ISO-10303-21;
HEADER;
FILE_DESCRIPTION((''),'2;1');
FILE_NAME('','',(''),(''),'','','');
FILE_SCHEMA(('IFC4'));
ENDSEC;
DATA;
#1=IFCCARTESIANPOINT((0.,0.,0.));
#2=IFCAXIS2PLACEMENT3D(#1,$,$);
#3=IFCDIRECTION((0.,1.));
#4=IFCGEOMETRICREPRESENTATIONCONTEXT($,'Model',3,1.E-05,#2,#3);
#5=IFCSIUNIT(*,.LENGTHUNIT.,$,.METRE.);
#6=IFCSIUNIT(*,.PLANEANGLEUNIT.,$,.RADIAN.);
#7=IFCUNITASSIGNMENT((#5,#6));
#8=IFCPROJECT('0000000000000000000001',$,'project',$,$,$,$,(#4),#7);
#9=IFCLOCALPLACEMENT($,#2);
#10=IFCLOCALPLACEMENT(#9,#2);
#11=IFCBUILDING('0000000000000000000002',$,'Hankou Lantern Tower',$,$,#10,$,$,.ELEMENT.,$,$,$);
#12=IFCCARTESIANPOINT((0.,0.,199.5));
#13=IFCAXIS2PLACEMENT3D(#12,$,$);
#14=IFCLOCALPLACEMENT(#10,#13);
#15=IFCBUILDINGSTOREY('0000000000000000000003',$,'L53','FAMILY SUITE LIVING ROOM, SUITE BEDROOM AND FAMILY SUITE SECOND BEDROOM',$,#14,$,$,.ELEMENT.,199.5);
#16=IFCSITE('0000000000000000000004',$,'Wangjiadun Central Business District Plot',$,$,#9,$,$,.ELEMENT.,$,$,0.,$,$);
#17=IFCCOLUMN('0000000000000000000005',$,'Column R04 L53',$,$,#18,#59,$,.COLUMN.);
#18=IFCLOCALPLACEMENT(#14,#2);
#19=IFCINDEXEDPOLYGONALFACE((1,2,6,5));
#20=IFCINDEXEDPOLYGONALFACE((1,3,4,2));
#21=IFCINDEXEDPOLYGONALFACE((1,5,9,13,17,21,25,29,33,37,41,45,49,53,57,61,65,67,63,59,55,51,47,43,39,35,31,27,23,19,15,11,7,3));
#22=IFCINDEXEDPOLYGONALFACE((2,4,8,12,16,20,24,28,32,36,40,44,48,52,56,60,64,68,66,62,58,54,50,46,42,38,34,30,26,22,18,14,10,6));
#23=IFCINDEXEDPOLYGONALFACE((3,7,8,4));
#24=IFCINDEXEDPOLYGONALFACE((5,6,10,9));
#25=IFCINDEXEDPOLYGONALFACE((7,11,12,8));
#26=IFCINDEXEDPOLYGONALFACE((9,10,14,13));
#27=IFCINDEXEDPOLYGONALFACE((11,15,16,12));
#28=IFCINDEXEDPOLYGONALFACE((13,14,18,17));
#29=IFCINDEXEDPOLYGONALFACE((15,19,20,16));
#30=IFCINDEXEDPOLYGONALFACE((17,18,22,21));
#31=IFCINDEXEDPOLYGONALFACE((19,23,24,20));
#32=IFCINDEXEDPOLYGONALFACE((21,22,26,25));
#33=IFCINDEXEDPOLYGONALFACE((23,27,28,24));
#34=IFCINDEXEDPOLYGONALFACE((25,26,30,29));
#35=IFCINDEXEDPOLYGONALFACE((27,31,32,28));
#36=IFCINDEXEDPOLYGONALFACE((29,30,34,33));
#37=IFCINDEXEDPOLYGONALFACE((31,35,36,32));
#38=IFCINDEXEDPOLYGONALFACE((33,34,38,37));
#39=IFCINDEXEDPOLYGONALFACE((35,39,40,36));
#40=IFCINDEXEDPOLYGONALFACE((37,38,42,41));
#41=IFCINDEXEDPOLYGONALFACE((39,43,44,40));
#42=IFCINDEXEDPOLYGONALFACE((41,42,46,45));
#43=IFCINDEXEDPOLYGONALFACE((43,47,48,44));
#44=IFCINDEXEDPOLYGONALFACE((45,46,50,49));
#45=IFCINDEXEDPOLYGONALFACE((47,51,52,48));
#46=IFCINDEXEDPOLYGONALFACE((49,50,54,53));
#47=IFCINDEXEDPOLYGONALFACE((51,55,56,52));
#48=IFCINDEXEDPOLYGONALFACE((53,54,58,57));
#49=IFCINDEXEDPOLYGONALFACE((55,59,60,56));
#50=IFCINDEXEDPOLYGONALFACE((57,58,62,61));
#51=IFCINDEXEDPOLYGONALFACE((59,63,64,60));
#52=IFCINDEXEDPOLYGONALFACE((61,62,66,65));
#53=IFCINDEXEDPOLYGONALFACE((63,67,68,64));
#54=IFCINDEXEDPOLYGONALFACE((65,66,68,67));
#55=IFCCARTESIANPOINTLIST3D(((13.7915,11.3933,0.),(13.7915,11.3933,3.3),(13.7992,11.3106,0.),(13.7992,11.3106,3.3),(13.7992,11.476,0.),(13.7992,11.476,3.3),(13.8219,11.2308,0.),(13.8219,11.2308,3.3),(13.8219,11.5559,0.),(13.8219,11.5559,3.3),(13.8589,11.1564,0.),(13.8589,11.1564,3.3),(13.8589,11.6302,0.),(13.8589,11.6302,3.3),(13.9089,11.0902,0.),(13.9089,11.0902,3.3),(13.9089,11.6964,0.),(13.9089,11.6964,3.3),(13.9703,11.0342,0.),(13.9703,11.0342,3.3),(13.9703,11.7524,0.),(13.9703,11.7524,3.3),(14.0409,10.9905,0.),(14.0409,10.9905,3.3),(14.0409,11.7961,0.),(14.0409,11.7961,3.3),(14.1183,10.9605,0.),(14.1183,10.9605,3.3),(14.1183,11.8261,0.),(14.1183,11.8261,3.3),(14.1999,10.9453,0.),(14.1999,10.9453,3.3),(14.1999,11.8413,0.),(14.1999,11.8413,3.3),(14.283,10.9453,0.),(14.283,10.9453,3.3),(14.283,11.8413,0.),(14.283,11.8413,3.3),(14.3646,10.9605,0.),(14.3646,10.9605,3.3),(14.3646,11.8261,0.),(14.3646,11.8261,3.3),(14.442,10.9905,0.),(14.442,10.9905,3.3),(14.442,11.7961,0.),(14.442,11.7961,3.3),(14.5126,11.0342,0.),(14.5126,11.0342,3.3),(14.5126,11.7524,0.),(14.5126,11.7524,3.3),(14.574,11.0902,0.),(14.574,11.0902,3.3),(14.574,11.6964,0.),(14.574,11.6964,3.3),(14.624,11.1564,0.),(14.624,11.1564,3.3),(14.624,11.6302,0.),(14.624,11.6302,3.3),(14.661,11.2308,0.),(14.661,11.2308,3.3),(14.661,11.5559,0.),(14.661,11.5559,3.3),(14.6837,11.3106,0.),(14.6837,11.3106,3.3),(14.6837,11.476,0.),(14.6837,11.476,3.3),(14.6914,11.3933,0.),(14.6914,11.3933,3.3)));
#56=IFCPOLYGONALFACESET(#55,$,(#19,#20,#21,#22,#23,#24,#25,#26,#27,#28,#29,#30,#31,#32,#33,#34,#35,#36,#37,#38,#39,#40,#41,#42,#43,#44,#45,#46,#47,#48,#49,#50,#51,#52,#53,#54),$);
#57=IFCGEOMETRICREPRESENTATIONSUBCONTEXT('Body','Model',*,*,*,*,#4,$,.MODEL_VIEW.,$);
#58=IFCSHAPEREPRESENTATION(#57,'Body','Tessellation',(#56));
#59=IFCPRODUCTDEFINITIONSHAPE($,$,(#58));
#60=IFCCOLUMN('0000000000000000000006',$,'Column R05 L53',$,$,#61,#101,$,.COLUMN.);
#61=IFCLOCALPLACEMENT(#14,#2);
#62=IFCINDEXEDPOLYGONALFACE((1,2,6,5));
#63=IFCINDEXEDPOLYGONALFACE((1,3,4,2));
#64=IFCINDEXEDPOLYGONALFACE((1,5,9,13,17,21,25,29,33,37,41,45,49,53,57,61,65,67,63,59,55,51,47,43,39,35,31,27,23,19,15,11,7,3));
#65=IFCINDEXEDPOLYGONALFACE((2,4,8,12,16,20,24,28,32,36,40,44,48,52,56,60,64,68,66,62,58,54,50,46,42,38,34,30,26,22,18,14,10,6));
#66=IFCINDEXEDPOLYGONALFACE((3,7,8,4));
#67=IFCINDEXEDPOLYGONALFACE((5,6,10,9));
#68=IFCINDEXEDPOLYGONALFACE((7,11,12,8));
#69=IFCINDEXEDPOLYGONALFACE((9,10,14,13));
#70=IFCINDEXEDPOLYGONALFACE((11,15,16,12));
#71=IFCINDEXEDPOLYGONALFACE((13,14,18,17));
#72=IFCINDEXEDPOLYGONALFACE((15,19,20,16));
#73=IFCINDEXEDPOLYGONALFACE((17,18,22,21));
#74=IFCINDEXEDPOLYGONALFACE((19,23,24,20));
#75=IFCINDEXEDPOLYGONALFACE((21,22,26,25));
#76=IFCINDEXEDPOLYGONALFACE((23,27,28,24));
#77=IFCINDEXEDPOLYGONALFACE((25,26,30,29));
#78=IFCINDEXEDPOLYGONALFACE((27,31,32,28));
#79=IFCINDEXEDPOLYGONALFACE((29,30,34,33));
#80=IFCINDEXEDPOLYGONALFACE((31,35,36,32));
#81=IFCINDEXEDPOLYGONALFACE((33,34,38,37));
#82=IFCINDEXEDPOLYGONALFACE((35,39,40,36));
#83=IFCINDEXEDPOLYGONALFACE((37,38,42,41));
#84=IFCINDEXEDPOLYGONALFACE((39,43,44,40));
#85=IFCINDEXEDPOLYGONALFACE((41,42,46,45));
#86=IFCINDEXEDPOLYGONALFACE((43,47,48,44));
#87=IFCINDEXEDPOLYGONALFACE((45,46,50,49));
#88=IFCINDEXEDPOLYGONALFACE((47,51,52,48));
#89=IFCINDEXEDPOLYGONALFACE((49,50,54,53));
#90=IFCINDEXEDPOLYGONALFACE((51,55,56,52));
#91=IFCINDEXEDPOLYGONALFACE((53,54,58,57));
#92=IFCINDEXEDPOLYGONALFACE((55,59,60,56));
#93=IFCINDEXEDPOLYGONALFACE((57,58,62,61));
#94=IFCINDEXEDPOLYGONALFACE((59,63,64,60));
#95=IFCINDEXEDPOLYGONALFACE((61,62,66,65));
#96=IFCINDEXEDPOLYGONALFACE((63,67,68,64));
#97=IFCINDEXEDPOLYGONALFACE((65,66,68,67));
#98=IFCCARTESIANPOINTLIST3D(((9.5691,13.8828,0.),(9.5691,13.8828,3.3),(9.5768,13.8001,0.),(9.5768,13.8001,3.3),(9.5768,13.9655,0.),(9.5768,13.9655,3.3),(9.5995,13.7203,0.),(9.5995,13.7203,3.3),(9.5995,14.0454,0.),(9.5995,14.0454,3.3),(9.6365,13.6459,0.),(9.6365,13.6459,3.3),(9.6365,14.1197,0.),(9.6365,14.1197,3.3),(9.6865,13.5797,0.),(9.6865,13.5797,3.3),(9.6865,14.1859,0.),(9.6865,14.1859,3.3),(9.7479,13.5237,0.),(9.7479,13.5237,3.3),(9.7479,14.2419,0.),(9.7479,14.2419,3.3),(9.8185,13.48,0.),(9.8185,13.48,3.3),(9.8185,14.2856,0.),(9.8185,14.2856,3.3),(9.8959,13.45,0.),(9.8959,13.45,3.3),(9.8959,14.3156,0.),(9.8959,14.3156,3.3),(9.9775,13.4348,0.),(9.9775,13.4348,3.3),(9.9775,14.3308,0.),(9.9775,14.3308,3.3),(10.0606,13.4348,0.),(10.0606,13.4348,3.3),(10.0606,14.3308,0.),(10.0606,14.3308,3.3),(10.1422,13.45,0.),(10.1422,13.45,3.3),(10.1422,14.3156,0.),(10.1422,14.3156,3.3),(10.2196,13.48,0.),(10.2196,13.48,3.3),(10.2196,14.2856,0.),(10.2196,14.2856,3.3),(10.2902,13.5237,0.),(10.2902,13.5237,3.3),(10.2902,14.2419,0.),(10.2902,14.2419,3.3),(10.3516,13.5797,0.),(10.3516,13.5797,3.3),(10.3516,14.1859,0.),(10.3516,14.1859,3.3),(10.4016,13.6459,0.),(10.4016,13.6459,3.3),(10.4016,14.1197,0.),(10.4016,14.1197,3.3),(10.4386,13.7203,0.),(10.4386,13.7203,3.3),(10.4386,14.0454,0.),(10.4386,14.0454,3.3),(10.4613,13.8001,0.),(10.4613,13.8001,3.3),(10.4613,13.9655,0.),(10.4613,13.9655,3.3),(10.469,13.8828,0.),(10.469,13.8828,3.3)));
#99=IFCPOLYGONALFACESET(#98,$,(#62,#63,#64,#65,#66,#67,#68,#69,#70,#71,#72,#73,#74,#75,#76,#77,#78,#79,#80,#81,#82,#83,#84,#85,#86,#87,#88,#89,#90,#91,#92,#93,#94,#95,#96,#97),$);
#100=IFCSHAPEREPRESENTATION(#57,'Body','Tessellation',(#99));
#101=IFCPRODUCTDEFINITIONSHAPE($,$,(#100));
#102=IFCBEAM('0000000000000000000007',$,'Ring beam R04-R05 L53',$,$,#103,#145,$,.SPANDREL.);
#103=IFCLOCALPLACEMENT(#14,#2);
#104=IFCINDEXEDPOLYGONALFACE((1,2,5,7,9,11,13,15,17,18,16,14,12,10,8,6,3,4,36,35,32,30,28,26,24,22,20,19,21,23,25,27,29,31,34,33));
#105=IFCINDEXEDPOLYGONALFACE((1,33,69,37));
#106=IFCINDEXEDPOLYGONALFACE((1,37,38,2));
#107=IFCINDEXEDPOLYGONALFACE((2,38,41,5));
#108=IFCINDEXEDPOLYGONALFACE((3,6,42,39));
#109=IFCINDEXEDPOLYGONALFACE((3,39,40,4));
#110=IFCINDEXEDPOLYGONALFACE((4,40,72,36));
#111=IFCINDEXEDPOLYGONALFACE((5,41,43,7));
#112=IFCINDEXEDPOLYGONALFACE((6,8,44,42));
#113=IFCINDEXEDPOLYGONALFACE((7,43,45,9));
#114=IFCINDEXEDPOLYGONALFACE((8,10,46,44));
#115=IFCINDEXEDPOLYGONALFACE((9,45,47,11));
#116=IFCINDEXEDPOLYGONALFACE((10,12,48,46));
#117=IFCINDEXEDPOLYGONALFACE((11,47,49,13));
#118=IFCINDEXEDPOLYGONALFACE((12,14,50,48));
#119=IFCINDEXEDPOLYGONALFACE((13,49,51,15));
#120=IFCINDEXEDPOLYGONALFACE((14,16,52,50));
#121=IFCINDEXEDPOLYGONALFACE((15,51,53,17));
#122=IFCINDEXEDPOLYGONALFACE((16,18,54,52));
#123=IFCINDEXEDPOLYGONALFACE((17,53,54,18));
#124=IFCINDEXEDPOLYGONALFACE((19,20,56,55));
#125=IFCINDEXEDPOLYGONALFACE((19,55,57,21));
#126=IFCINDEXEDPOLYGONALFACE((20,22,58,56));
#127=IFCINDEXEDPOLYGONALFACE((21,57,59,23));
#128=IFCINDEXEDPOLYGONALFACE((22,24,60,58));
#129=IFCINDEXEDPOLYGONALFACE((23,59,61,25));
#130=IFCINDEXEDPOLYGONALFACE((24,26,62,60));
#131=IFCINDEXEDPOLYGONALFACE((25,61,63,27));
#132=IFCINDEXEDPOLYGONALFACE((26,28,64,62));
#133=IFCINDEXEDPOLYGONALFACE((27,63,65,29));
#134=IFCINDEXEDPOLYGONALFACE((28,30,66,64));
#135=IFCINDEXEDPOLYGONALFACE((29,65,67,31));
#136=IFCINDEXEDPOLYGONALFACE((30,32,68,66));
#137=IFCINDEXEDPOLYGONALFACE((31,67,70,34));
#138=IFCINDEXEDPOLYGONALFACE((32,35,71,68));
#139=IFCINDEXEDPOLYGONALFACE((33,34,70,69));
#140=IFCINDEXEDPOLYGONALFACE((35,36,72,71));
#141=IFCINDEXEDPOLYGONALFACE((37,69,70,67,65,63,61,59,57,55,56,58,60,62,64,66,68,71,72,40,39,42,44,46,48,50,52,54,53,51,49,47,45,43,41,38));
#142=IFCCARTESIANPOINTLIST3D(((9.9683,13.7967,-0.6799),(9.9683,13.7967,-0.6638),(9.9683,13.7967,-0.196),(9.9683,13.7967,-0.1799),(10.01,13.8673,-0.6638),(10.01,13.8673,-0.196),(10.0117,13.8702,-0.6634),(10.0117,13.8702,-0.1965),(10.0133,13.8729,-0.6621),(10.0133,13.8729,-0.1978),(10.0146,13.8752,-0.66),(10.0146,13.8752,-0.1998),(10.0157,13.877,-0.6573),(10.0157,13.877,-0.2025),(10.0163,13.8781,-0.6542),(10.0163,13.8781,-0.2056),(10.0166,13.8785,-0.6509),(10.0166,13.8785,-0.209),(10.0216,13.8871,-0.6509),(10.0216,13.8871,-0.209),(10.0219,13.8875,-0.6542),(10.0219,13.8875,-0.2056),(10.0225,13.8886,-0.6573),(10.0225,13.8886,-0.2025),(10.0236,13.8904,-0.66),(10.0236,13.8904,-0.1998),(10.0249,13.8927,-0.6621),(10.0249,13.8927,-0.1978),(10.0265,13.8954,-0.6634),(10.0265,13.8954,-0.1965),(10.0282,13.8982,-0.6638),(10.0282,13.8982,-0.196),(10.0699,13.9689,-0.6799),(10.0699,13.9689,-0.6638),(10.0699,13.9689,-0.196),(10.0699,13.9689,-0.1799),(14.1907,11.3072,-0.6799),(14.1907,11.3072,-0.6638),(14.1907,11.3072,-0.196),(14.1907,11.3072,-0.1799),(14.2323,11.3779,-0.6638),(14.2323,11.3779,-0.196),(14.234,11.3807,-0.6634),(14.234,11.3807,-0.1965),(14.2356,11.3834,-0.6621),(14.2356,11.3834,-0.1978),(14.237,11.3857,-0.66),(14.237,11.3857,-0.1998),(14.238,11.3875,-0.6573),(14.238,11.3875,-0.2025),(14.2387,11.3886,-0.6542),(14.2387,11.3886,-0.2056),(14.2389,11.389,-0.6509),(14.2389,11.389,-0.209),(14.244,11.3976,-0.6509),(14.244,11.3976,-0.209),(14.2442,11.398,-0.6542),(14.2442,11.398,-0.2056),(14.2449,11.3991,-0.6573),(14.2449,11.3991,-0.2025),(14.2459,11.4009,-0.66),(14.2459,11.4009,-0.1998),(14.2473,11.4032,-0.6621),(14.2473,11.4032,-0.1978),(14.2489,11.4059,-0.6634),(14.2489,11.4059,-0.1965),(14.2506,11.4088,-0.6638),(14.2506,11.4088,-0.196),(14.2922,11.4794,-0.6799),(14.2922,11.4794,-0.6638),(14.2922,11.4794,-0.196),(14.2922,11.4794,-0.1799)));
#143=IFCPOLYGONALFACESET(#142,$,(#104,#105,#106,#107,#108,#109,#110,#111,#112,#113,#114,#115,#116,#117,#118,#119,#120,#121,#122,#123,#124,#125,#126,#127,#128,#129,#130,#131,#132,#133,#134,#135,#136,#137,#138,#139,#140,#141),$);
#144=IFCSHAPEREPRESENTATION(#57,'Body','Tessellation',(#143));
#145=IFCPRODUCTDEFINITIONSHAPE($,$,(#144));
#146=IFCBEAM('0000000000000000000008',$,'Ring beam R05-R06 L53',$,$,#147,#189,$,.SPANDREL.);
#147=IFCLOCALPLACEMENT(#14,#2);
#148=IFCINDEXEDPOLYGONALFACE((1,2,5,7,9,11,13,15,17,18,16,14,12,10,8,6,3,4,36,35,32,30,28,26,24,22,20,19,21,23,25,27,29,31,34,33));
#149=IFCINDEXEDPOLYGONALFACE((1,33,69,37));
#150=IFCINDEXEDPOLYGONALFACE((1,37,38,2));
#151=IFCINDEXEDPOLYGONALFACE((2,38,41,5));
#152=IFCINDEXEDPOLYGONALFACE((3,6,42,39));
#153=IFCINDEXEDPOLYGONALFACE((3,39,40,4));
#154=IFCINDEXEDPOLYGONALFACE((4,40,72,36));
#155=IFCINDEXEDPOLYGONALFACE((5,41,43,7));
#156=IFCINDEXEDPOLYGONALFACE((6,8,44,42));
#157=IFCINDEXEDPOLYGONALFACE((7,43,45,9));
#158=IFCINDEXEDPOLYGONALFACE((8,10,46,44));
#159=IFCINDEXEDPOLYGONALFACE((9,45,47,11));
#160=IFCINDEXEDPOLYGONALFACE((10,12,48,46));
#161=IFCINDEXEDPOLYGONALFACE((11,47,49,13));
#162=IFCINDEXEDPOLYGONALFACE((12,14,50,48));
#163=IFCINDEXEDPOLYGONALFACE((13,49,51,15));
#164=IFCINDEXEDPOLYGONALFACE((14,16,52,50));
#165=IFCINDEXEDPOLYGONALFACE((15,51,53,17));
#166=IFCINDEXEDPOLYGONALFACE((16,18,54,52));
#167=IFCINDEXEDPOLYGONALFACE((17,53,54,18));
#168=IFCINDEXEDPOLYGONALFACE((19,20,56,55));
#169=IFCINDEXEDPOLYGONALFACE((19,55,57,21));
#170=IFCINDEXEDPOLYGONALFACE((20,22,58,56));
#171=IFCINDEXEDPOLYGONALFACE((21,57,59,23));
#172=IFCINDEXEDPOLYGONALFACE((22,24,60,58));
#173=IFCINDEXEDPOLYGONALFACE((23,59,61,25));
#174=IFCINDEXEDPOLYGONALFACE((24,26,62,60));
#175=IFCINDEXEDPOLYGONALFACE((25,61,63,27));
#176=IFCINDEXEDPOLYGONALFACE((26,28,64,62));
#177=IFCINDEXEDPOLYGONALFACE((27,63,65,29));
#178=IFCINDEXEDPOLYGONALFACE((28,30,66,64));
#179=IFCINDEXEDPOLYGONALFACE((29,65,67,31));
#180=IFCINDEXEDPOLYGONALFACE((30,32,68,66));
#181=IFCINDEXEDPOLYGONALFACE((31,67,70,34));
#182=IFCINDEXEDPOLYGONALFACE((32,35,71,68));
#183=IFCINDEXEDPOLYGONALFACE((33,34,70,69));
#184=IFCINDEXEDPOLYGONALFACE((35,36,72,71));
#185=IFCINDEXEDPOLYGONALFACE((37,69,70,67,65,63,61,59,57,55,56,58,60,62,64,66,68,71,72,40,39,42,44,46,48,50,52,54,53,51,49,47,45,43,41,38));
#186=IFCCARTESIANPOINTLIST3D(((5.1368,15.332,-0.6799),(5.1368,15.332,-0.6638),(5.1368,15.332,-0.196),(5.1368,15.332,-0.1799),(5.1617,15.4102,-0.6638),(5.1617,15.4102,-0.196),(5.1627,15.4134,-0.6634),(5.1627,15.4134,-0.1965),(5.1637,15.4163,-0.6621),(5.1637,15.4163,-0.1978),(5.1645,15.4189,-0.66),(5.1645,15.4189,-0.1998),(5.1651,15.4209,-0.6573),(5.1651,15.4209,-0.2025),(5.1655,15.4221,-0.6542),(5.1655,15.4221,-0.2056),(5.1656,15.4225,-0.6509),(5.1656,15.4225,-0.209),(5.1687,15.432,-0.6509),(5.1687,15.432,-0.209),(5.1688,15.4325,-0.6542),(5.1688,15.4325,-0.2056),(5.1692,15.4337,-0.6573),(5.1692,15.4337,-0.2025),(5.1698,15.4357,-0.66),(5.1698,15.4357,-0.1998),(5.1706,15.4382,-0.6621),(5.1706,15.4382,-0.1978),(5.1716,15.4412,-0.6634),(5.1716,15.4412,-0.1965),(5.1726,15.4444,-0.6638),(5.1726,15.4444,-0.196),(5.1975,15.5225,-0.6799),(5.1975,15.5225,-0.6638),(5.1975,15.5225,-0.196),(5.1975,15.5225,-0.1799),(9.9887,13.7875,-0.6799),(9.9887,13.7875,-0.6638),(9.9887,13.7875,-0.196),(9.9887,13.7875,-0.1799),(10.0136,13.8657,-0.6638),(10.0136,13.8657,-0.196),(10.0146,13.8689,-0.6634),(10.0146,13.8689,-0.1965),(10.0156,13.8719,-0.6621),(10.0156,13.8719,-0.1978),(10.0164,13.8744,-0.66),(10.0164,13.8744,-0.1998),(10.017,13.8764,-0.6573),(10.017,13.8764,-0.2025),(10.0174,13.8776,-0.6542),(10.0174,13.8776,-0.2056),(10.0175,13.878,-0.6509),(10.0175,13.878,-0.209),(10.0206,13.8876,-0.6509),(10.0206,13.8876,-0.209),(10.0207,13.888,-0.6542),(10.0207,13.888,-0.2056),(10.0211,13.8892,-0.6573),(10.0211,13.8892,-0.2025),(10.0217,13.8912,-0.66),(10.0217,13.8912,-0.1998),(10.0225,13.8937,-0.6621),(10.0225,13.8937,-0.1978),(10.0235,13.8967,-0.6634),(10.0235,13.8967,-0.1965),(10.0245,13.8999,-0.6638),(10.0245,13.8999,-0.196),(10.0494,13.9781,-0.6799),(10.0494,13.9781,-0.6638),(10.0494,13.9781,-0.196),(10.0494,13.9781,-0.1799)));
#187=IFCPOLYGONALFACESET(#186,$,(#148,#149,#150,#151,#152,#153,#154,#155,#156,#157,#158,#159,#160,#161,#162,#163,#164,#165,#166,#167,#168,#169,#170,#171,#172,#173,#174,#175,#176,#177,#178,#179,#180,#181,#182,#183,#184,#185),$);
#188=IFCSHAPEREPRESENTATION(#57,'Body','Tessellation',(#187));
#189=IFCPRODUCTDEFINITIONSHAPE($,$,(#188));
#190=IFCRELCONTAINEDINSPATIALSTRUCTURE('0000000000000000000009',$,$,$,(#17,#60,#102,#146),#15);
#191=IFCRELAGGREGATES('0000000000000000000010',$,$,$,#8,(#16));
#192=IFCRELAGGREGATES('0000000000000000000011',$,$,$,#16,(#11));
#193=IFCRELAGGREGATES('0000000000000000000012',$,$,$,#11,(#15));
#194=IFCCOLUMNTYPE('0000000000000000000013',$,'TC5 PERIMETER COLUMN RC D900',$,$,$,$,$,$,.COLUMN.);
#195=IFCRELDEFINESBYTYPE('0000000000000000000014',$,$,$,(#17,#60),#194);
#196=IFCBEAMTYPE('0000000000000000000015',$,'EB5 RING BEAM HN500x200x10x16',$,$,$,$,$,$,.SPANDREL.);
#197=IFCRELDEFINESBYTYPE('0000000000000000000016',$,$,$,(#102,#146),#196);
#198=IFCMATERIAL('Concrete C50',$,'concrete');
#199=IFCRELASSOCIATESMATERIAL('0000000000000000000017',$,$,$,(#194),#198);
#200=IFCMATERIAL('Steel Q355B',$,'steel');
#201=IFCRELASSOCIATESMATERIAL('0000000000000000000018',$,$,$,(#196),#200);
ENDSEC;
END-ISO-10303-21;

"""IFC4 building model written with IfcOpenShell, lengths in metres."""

from ifc_helpers import new_model, si_unit, direction, frame, origin, origin_2d, place, context, subcontext, project, spatial, circle, i_section, extrude, material, material_profile, profile_set, type_object, element, save


model = new_model("IFC4")

# Units and contexts
model_context = context("Model", 3, precision=1e-05, world=origin(), true_north=direction((0.0, 1.0)))
body_context = subcontext(model_context, "Body", "Model", "MODEL_VIEW")
ifc_project = project(units=[si_unit("LENGTHUNIT", "METRE"), si_unit("PLANEANGLEUNIT", "RADIAN")], contexts=[model_context])

# Site, building, storey
site_placement = place(None, origin())
site = spatial("IfcSite", under=ifc_project, at=site_placement, Name="Wangjiadun Central Business District Plot", CompositionType="ELEMENT", RefElevation=0.0)
building_placement = place(site_placement, origin())
building = spatial("IfcBuilding", under=site, at=building_placement, Name="Hankou Lantern Tower", CompositionType="ELEMENT")
storey_placement = place(building_placement, frame((0.0, 0.0, 199.5)))
storey = spatial("IfcBuildingStorey", under=building, at=storey_placement, Name="L53", Description="FAMILY SUITE LIVING ROOM, SUITE BEDROOM AND FAMILY SUITE SECOND BEDROOM", CompositionType="ELEMENT", Elevation=199.5)

# Columns
ifc_material_1 = material(Name="Concrete C50", Category="concrete")
ifc_material_profile_1 = material_profile(ifc_material_1, circle(Radius=0.45, at=origin_2d()), Name="RC D900")
ifc_profile_set_1 = profile_set([ifc_material_profile_1], Name="Concrete C50")
column_type = type_object("IfcColumnType", Name="TC5 PERIMETER COLUMN RC D900", PredefinedType="COLUMN", material=ifc_profile_set_1)
for number, where, z_axis, x_axis, name in (
    (1, (14.2415, 11.3933, 0.0), (0.0, 0.0, 1.0), (1.0, 0.0, 0.0), "Column R04 L53"),
    (2, (10.019, 13.8828, 0.0), (0.0, 0.0, 1.0), (1.0, 0.0, 0.0), "Column R05 L53"),
):
    element("IfcColumn", number, at=place(storey_placement, frame(where, z_axis=z_axis, x_axis=x_axis)), inside=storey, type_object=column_type, Name=name, PredefinedType="COLUMN", context=body_context, shape_type="SweptSolid", body=[
        extrude(circle(Radius=0.45, at=origin_2d()), origin(), (0.0, 0.0, 1.0), 3.3),
    ])

# Beams
ifc_material_2 = material(Name="Steel Q355B", Category="steel")
ifc_material_profile_2 = material_profile(ifc_material_2, i_section(OverallWidth=0.2, OverallDepth=0.5, WebThickness=0.01, FlangeThickness=0.0161, FilletRadius=0.0129, at=origin_2d()), Name="HN500x200x10x16")
ifc_profile_set_2 = profile_set([ifc_material_profile_2], Name="Steel Q355B")
beam_type_1 = type_object("IfcBeamType", Name="EB5 RING BEAM HN500x200x10x16", PredefinedType="SPANDREL", material=ifc_profile_set_2)
beam_1_placement = place(storey_placement, frame((14.2415, 11.3933, -0.4299), z_axis=(-0.861423, 0.507888, 0.0), x_axis=(-0.507888, -0.861423, 0.0)))
element("IfcBeam", 3, at=beam_1_placement, inside=storey, type_object=beam_type_1, Name="Ring beam R04-R05 L53", PredefinedType="SPANDREL", context=body_context, shape_type="SweptSolid", body=[
    extrude(i_section(OverallWidth=0.2, OverallDepth=0.5, WebThickness=0.01, FlangeThickness=0.0161, FilletRadius=0.0129, at=origin_2d()), origin(), (0.0, 0.0, 1.0), 4.9016),
])
beam_2_placement = place(storey_placement, frame((10.019, 13.8828, -0.4299), z_axis=(-0.952887, 0.303324, 0.0), x_axis=(-0.303324, -0.952887, 0.0)))
element("IfcBeam", 4, at=beam_2_placement, inside=storey, type_object=beam_type_1, Name="Ring beam R05-R06 L53", PredefinedType="SPANDREL", context=body_context, shape_type="SweptSolid", body=[
    extrude(i_section(OverallWidth=0.2, OverallDepth=0.5, WebThickness=0.01, FlangeThickness=0.0161, FilletRadius=0.0129, at=origin_2d()), origin(), (0.0, 0.0, 1.0), 5.0918),
])

save(model, "model.ifc")
